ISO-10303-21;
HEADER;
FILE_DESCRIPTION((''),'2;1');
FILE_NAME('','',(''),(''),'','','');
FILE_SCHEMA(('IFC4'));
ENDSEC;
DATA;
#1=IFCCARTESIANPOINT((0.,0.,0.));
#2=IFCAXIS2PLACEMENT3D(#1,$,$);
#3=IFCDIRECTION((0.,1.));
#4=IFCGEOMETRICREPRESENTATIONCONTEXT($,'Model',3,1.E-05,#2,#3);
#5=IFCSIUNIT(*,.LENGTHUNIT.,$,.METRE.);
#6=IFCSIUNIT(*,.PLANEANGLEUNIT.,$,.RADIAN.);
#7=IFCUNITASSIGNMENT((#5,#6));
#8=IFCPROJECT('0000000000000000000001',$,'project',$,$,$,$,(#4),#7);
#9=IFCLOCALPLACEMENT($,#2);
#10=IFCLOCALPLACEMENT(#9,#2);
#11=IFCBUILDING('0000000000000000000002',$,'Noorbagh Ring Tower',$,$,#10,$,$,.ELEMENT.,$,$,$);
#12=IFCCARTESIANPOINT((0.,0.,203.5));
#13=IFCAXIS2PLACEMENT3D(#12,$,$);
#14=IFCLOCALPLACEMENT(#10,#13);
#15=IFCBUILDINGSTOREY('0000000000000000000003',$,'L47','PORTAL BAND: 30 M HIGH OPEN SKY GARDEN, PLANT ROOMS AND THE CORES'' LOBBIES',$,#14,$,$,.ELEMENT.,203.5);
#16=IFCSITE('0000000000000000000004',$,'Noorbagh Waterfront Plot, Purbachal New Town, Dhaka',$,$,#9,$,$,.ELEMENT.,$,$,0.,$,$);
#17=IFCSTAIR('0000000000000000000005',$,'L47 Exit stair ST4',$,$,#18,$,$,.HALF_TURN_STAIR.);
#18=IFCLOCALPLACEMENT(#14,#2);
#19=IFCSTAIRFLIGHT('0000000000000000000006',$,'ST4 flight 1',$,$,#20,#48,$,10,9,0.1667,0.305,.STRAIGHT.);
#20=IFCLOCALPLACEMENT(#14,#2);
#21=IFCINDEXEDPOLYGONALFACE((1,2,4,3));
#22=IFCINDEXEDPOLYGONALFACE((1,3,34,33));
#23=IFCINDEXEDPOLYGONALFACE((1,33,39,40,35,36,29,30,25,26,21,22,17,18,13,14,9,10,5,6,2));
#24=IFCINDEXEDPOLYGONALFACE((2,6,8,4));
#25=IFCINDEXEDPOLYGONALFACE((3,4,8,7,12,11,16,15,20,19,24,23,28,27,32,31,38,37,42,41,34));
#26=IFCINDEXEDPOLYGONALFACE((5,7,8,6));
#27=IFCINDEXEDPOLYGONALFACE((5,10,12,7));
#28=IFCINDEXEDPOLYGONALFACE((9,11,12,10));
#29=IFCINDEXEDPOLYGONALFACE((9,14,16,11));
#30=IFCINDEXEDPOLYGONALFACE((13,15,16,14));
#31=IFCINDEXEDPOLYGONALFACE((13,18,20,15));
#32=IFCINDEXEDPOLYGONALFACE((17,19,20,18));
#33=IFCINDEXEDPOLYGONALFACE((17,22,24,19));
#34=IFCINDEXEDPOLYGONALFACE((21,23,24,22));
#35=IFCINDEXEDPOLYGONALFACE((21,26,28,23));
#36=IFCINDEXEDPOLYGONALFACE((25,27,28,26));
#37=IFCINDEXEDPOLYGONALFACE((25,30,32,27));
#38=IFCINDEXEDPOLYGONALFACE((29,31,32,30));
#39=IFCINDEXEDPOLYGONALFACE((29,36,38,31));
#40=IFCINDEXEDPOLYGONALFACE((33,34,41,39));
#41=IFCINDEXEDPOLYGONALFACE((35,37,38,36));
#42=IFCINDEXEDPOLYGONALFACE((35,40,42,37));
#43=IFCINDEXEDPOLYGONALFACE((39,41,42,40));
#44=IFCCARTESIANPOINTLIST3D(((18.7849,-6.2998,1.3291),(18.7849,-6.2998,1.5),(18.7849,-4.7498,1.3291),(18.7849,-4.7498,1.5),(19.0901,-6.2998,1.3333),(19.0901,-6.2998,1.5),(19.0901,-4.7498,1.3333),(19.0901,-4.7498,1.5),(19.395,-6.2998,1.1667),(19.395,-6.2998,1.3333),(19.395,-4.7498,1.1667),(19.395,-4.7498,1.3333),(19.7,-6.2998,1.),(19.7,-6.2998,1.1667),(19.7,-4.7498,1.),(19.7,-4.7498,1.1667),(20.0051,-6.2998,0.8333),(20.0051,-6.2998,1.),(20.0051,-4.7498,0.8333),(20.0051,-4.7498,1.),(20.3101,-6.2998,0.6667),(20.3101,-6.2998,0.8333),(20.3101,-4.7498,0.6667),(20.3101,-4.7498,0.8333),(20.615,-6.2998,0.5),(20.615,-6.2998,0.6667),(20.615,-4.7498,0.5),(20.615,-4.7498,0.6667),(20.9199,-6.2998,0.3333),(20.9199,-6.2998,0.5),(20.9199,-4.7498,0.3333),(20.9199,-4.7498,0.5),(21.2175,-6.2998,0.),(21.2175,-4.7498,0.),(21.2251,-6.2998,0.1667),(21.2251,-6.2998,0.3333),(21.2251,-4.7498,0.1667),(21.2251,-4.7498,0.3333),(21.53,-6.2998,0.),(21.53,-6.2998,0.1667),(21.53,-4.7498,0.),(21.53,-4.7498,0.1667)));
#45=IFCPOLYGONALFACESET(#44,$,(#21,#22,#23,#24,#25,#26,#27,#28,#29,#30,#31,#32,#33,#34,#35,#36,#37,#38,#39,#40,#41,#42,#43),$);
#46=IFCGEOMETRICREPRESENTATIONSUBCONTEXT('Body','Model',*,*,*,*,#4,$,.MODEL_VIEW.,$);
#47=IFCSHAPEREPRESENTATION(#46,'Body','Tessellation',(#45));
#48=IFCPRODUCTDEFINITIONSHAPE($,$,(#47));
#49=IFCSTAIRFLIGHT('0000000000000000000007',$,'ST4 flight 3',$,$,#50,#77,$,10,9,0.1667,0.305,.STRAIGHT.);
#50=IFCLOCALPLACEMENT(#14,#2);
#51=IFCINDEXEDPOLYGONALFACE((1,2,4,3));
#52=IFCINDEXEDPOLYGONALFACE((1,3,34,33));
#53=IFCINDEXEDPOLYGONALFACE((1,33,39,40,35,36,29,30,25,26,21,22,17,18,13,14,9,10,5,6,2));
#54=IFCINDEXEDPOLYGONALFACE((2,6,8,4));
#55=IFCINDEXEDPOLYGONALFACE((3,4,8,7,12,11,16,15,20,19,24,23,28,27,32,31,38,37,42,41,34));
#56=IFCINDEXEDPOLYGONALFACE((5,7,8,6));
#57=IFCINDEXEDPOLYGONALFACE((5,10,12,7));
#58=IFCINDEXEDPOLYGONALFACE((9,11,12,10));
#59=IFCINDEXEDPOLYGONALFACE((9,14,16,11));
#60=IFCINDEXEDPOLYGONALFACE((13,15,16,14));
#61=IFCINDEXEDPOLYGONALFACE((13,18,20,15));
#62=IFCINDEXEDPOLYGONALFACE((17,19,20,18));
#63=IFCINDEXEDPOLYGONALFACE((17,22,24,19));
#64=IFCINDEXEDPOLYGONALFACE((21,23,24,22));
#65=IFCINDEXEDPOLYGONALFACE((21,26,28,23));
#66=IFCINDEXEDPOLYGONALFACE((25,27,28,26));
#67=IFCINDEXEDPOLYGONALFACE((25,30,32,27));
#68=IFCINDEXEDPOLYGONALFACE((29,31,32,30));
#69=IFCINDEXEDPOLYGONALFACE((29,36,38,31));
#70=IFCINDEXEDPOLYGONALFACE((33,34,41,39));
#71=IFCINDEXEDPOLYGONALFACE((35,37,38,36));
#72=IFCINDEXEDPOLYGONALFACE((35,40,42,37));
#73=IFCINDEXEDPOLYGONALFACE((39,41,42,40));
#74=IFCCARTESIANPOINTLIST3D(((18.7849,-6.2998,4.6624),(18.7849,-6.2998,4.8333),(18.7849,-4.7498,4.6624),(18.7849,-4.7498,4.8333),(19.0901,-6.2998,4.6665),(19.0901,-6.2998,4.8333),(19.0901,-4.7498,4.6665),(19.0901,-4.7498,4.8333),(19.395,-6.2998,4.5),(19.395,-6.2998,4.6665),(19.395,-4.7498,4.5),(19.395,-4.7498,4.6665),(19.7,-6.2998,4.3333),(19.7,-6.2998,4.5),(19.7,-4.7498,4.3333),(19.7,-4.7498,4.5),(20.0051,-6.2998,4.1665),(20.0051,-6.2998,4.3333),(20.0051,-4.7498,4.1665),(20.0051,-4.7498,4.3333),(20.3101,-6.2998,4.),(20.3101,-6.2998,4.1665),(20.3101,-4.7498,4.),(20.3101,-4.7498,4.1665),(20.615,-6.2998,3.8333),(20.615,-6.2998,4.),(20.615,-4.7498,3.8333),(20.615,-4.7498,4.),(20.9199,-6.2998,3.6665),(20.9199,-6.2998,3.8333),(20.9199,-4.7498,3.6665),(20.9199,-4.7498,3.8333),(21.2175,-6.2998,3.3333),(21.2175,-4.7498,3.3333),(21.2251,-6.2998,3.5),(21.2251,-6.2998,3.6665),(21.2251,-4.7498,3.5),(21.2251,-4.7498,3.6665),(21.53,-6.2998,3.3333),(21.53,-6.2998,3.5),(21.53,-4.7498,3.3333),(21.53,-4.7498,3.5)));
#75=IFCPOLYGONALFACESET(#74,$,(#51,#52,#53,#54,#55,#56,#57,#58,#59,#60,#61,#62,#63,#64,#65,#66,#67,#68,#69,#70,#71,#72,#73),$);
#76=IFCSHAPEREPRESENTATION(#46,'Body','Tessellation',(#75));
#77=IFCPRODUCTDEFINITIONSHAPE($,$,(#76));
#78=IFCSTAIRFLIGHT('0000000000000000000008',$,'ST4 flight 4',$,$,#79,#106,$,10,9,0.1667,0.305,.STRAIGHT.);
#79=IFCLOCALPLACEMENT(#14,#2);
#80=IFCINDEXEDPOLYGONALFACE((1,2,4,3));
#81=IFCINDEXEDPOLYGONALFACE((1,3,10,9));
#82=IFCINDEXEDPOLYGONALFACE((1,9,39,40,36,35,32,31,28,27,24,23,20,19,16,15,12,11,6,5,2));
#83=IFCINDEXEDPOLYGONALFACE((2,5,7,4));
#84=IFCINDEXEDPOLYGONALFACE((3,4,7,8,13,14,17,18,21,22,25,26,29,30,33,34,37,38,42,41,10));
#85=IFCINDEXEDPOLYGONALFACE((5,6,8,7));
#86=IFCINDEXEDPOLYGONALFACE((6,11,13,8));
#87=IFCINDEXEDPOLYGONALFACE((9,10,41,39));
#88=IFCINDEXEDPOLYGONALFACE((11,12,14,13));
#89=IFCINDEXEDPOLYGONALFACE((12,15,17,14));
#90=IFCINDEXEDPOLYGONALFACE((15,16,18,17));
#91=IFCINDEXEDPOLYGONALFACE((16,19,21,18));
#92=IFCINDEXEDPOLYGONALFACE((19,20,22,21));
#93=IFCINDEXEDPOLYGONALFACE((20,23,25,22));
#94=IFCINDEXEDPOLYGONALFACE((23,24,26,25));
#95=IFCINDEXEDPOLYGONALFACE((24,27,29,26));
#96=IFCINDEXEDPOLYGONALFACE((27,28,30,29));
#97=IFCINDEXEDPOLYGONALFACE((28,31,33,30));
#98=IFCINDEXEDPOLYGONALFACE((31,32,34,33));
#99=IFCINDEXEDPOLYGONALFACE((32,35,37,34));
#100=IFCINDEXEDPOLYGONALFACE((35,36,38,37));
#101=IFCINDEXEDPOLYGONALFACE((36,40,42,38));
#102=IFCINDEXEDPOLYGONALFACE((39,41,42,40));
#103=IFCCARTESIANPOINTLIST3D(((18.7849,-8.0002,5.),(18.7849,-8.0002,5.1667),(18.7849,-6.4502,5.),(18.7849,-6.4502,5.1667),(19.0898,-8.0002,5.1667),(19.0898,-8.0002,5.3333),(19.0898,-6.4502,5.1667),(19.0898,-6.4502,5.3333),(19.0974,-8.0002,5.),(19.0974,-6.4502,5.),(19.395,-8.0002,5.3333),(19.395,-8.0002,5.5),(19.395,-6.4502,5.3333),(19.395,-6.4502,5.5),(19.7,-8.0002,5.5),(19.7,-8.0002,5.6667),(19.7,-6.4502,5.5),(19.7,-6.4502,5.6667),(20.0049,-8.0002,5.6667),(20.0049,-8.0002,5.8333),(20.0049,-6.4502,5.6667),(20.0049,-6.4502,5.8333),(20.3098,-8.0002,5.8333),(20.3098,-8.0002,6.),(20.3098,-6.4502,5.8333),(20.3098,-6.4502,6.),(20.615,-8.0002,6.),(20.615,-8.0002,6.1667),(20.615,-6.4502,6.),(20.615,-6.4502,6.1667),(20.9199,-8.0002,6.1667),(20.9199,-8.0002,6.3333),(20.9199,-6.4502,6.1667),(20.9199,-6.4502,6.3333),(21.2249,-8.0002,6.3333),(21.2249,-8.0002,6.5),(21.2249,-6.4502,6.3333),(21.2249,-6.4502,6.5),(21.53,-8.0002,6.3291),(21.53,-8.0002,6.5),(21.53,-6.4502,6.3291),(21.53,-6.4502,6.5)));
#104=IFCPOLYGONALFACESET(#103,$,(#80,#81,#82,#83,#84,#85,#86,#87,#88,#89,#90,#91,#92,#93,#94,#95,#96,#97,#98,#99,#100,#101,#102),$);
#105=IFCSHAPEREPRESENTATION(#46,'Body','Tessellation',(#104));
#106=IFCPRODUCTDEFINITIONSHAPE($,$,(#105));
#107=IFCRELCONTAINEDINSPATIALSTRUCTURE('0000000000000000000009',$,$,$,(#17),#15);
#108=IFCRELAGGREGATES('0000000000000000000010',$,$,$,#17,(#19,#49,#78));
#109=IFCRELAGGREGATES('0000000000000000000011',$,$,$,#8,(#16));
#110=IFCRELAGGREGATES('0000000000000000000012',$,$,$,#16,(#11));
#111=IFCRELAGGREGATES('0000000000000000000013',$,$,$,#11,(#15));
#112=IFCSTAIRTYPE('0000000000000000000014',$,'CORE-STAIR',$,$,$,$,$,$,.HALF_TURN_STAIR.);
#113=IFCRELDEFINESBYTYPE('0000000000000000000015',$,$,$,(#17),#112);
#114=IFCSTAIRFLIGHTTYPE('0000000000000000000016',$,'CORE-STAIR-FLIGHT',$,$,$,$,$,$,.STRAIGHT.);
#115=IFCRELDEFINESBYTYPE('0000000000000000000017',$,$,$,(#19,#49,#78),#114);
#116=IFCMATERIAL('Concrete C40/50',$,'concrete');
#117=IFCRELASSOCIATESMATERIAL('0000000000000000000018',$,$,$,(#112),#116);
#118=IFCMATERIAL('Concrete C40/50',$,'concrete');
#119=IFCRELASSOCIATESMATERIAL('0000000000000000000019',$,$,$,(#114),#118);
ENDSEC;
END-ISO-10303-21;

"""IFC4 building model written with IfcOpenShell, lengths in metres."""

from ifc_helpers import new_model, si_unit, direction, frame, origin, place, context, subcontext, project, spatial, polyline, outline, extrude, material, type_object, element, aggregate, save


model = new_model("IFC4")

# Units and contexts
model_context = context("Model", 3, precision=1e-05, world=origin(), true_north=direction((0.0, 1.0)))
body_context = subcontext(model_context, "Body", "Model", "MODEL_VIEW")
ifc_project = project(units=[si_unit("LENGTHUNIT", "METRE"), si_unit("PLANEANGLEUNIT", "RADIAN")], contexts=[model_context])

# Site, building, storey
site_placement = place(None, origin())
site = spatial("IfcSite", under=ifc_project, at=site_placement, Name="Noorbagh Waterfront Plot, Purbachal New Town, Dhaka", CompositionType="ELEMENT", RefElevation=0.0)
building_placement = place(site_placement, origin())
building = spatial("IfcBuilding", under=site, at=building_placement, Name="Noorbagh Ring Tower", CompositionType="ELEMENT")
storey_placement = place(building_placement, frame((0.0, 0.0, 203.5)))
storey = spatial("IfcBuildingStorey", under=building, at=storey_placement, Name="L47", Description="PORTAL BAND: 30 M HIGH OPEN SKY GARDEN, PLANT ROOMS AND THE CORES' LOBBIES", CompositionType="ELEMENT", Elevation=203.5)

# Stair, stair flights
ifc_material_1 = material(Name="Concrete C40/50", Category="concrete")
stair_type = type_object("IfcStairType", Name="CORE-STAIR", PredefinedType="HALF_TURN_STAIR", material=ifc_material_1)
stair_placement = place(storey_placement, origin())
stair = element("IfcStair", 1, at=stair_placement, inside=storey, type_object=stair_type, Name="L47 Exit stair ST4", PredefinedType="HALF_TURN_STAIR")
ifc_material_2 = material(Name="Concrete C40/50", Category="concrete")
stair_flight_type = type_object("IfcStairFlightType", Name="CORE-STAIR-FLIGHT", PredefinedType="STRAIGHT", material=ifc_material_2)
stair_flight_1_placement = place(storey_placement, frame((21.53, -5.5249, 0.0), z_axis=(0.0, 0.0, 1.0), x_axis=(-1.0, 0.0, 0.0)))
stair_flight_1 = element("IfcStairFlight", 2, at=stair_flight_1_placement, type_object=stair_flight_type, Name="ST4 flight 1", NumberOfRisers=10, NumberOfTreads=9, PredefinedType="STRAIGHT", RiserHeight=0.1667, TreadLength=0.305, context=body_context, shape_type="SweptSolid", body=[
    extrude(outline(polyline([(0.0, 0.0), (0.0, 0.1667), (0.3049, 0.1667), (0.3049, 0.3333), (0.6101, 0.3333), (0.6101, 0.5), (0.915, 0.5), (0.915, 0.6667), (1.22, 0.6667), (1.22, 0.8333), (1.5249, 0.8333), (1.5249, 1.0), (1.8301, 1.0), (1.8301, 1.1667), (2.135, 1.1667), (2.135, 1.3333), (2.4399, 1.3333), (2.4399, 1.5), (2.7451, 1.5), (2.7451, 1.6667), (2.7451, 1.3291), (0.3125, 0.0), (0.0, 0.0)])), frame((0.0, 0.7749, 0.0), z_axis=(0.0, -1.0, 0.0), x_axis=(1.0, 0.0, 0.0)), (0.0, 0.0, 1.0), 1.55),
])
stair_flight_2_placement = place(storey_placement, frame((21.53, -5.5249, 3.3333), z_axis=(0.0, 0.0, 1.0), x_axis=(-1.0, 0.0, 0.0)))
stair_flight_2 = element("IfcStairFlight", 3, at=stair_flight_2_placement, type_object=stair_flight_type, Name="ST4 flight 3", NumberOfRisers=10, NumberOfTreads=9, PredefinedType="STRAIGHT", RiserHeight=0.1667, TreadLength=0.305, context=body_context, shape_type="SweptSolid", body=[
    extrude(outline(polyline([(0.0, 0.0), (0.0, 0.1667), (0.3049, 0.1667), (0.3049, 0.3333), (0.6101, 0.3333), (0.6101, 0.5), (0.915, 0.5), (0.915, 0.6667), (1.22, 0.6667), (1.22, 0.8333), (1.5249, 0.8333), (1.5249, 1.0), (1.8301, 1.0), (1.8301, 1.1667), (2.135, 1.1667), (2.135, 1.3333), (2.4399, 1.3333), (2.4399, 1.5), (2.7451, 1.5), (2.7451, 1.6667), (2.7451, 1.3291), (0.3125, 0.0), (0.0, 0.0)])), frame((0.0, 0.7749, 0.0), z_axis=(0.0, -1.0, 0.0), x_axis=(1.0, 0.0, 0.0)), (0.0, 0.0, 1.0), 1.55),
])
stair_flight_3_placement = place(storey_placement, frame((18.7849, -7.2251, 5.0), z_axis=(0.0, 0.0, 1.0), x_axis=(1.0, 0.0, 0.0)))
stair_flight_3 = element("IfcStairFlight", 4, at=stair_flight_3_placement, type_object=stair_flight_type, Name="ST4 flight 4", NumberOfRisers=10, NumberOfTreads=9, PredefinedType="STRAIGHT", RiserHeight=0.1667, TreadLength=0.305, context=body_context, shape_type="SweptSolid", body=[
    extrude(outline(polyline([(0.0, 0.0), (0.0, 0.1667), (0.3049, 0.1667), (0.3049, 0.3333), (0.6101, 0.3333), (0.6101, 0.5), (0.915, 0.5), (0.915, 0.6667), (1.22, 0.6667), (1.22, 0.8333), (1.5249, 0.8333), (1.5249, 1.0), (1.8301, 1.0), (1.8301, 1.1667), (2.135, 1.1667), (2.135, 1.3333), (2.4399, 1.3333), (2.4399, 1.5), (2.7451, 1.5), (2.7451, 1.6667), (2.7451, 1.3291), (0.3125, 0.0), (0.0, 0.0)])), frame((0.0, 0.7749, 0.0), z_axis=(0.0, -1.0, 0.0), x_axis=(1.0, 0.0, 0.0)), (0.0, 0.0, 1.0), 1.55),
])
aggregate(stair, [stair_flight_1, stair_flight_2, stair_flight_3])

save(model, "model.ifc")
